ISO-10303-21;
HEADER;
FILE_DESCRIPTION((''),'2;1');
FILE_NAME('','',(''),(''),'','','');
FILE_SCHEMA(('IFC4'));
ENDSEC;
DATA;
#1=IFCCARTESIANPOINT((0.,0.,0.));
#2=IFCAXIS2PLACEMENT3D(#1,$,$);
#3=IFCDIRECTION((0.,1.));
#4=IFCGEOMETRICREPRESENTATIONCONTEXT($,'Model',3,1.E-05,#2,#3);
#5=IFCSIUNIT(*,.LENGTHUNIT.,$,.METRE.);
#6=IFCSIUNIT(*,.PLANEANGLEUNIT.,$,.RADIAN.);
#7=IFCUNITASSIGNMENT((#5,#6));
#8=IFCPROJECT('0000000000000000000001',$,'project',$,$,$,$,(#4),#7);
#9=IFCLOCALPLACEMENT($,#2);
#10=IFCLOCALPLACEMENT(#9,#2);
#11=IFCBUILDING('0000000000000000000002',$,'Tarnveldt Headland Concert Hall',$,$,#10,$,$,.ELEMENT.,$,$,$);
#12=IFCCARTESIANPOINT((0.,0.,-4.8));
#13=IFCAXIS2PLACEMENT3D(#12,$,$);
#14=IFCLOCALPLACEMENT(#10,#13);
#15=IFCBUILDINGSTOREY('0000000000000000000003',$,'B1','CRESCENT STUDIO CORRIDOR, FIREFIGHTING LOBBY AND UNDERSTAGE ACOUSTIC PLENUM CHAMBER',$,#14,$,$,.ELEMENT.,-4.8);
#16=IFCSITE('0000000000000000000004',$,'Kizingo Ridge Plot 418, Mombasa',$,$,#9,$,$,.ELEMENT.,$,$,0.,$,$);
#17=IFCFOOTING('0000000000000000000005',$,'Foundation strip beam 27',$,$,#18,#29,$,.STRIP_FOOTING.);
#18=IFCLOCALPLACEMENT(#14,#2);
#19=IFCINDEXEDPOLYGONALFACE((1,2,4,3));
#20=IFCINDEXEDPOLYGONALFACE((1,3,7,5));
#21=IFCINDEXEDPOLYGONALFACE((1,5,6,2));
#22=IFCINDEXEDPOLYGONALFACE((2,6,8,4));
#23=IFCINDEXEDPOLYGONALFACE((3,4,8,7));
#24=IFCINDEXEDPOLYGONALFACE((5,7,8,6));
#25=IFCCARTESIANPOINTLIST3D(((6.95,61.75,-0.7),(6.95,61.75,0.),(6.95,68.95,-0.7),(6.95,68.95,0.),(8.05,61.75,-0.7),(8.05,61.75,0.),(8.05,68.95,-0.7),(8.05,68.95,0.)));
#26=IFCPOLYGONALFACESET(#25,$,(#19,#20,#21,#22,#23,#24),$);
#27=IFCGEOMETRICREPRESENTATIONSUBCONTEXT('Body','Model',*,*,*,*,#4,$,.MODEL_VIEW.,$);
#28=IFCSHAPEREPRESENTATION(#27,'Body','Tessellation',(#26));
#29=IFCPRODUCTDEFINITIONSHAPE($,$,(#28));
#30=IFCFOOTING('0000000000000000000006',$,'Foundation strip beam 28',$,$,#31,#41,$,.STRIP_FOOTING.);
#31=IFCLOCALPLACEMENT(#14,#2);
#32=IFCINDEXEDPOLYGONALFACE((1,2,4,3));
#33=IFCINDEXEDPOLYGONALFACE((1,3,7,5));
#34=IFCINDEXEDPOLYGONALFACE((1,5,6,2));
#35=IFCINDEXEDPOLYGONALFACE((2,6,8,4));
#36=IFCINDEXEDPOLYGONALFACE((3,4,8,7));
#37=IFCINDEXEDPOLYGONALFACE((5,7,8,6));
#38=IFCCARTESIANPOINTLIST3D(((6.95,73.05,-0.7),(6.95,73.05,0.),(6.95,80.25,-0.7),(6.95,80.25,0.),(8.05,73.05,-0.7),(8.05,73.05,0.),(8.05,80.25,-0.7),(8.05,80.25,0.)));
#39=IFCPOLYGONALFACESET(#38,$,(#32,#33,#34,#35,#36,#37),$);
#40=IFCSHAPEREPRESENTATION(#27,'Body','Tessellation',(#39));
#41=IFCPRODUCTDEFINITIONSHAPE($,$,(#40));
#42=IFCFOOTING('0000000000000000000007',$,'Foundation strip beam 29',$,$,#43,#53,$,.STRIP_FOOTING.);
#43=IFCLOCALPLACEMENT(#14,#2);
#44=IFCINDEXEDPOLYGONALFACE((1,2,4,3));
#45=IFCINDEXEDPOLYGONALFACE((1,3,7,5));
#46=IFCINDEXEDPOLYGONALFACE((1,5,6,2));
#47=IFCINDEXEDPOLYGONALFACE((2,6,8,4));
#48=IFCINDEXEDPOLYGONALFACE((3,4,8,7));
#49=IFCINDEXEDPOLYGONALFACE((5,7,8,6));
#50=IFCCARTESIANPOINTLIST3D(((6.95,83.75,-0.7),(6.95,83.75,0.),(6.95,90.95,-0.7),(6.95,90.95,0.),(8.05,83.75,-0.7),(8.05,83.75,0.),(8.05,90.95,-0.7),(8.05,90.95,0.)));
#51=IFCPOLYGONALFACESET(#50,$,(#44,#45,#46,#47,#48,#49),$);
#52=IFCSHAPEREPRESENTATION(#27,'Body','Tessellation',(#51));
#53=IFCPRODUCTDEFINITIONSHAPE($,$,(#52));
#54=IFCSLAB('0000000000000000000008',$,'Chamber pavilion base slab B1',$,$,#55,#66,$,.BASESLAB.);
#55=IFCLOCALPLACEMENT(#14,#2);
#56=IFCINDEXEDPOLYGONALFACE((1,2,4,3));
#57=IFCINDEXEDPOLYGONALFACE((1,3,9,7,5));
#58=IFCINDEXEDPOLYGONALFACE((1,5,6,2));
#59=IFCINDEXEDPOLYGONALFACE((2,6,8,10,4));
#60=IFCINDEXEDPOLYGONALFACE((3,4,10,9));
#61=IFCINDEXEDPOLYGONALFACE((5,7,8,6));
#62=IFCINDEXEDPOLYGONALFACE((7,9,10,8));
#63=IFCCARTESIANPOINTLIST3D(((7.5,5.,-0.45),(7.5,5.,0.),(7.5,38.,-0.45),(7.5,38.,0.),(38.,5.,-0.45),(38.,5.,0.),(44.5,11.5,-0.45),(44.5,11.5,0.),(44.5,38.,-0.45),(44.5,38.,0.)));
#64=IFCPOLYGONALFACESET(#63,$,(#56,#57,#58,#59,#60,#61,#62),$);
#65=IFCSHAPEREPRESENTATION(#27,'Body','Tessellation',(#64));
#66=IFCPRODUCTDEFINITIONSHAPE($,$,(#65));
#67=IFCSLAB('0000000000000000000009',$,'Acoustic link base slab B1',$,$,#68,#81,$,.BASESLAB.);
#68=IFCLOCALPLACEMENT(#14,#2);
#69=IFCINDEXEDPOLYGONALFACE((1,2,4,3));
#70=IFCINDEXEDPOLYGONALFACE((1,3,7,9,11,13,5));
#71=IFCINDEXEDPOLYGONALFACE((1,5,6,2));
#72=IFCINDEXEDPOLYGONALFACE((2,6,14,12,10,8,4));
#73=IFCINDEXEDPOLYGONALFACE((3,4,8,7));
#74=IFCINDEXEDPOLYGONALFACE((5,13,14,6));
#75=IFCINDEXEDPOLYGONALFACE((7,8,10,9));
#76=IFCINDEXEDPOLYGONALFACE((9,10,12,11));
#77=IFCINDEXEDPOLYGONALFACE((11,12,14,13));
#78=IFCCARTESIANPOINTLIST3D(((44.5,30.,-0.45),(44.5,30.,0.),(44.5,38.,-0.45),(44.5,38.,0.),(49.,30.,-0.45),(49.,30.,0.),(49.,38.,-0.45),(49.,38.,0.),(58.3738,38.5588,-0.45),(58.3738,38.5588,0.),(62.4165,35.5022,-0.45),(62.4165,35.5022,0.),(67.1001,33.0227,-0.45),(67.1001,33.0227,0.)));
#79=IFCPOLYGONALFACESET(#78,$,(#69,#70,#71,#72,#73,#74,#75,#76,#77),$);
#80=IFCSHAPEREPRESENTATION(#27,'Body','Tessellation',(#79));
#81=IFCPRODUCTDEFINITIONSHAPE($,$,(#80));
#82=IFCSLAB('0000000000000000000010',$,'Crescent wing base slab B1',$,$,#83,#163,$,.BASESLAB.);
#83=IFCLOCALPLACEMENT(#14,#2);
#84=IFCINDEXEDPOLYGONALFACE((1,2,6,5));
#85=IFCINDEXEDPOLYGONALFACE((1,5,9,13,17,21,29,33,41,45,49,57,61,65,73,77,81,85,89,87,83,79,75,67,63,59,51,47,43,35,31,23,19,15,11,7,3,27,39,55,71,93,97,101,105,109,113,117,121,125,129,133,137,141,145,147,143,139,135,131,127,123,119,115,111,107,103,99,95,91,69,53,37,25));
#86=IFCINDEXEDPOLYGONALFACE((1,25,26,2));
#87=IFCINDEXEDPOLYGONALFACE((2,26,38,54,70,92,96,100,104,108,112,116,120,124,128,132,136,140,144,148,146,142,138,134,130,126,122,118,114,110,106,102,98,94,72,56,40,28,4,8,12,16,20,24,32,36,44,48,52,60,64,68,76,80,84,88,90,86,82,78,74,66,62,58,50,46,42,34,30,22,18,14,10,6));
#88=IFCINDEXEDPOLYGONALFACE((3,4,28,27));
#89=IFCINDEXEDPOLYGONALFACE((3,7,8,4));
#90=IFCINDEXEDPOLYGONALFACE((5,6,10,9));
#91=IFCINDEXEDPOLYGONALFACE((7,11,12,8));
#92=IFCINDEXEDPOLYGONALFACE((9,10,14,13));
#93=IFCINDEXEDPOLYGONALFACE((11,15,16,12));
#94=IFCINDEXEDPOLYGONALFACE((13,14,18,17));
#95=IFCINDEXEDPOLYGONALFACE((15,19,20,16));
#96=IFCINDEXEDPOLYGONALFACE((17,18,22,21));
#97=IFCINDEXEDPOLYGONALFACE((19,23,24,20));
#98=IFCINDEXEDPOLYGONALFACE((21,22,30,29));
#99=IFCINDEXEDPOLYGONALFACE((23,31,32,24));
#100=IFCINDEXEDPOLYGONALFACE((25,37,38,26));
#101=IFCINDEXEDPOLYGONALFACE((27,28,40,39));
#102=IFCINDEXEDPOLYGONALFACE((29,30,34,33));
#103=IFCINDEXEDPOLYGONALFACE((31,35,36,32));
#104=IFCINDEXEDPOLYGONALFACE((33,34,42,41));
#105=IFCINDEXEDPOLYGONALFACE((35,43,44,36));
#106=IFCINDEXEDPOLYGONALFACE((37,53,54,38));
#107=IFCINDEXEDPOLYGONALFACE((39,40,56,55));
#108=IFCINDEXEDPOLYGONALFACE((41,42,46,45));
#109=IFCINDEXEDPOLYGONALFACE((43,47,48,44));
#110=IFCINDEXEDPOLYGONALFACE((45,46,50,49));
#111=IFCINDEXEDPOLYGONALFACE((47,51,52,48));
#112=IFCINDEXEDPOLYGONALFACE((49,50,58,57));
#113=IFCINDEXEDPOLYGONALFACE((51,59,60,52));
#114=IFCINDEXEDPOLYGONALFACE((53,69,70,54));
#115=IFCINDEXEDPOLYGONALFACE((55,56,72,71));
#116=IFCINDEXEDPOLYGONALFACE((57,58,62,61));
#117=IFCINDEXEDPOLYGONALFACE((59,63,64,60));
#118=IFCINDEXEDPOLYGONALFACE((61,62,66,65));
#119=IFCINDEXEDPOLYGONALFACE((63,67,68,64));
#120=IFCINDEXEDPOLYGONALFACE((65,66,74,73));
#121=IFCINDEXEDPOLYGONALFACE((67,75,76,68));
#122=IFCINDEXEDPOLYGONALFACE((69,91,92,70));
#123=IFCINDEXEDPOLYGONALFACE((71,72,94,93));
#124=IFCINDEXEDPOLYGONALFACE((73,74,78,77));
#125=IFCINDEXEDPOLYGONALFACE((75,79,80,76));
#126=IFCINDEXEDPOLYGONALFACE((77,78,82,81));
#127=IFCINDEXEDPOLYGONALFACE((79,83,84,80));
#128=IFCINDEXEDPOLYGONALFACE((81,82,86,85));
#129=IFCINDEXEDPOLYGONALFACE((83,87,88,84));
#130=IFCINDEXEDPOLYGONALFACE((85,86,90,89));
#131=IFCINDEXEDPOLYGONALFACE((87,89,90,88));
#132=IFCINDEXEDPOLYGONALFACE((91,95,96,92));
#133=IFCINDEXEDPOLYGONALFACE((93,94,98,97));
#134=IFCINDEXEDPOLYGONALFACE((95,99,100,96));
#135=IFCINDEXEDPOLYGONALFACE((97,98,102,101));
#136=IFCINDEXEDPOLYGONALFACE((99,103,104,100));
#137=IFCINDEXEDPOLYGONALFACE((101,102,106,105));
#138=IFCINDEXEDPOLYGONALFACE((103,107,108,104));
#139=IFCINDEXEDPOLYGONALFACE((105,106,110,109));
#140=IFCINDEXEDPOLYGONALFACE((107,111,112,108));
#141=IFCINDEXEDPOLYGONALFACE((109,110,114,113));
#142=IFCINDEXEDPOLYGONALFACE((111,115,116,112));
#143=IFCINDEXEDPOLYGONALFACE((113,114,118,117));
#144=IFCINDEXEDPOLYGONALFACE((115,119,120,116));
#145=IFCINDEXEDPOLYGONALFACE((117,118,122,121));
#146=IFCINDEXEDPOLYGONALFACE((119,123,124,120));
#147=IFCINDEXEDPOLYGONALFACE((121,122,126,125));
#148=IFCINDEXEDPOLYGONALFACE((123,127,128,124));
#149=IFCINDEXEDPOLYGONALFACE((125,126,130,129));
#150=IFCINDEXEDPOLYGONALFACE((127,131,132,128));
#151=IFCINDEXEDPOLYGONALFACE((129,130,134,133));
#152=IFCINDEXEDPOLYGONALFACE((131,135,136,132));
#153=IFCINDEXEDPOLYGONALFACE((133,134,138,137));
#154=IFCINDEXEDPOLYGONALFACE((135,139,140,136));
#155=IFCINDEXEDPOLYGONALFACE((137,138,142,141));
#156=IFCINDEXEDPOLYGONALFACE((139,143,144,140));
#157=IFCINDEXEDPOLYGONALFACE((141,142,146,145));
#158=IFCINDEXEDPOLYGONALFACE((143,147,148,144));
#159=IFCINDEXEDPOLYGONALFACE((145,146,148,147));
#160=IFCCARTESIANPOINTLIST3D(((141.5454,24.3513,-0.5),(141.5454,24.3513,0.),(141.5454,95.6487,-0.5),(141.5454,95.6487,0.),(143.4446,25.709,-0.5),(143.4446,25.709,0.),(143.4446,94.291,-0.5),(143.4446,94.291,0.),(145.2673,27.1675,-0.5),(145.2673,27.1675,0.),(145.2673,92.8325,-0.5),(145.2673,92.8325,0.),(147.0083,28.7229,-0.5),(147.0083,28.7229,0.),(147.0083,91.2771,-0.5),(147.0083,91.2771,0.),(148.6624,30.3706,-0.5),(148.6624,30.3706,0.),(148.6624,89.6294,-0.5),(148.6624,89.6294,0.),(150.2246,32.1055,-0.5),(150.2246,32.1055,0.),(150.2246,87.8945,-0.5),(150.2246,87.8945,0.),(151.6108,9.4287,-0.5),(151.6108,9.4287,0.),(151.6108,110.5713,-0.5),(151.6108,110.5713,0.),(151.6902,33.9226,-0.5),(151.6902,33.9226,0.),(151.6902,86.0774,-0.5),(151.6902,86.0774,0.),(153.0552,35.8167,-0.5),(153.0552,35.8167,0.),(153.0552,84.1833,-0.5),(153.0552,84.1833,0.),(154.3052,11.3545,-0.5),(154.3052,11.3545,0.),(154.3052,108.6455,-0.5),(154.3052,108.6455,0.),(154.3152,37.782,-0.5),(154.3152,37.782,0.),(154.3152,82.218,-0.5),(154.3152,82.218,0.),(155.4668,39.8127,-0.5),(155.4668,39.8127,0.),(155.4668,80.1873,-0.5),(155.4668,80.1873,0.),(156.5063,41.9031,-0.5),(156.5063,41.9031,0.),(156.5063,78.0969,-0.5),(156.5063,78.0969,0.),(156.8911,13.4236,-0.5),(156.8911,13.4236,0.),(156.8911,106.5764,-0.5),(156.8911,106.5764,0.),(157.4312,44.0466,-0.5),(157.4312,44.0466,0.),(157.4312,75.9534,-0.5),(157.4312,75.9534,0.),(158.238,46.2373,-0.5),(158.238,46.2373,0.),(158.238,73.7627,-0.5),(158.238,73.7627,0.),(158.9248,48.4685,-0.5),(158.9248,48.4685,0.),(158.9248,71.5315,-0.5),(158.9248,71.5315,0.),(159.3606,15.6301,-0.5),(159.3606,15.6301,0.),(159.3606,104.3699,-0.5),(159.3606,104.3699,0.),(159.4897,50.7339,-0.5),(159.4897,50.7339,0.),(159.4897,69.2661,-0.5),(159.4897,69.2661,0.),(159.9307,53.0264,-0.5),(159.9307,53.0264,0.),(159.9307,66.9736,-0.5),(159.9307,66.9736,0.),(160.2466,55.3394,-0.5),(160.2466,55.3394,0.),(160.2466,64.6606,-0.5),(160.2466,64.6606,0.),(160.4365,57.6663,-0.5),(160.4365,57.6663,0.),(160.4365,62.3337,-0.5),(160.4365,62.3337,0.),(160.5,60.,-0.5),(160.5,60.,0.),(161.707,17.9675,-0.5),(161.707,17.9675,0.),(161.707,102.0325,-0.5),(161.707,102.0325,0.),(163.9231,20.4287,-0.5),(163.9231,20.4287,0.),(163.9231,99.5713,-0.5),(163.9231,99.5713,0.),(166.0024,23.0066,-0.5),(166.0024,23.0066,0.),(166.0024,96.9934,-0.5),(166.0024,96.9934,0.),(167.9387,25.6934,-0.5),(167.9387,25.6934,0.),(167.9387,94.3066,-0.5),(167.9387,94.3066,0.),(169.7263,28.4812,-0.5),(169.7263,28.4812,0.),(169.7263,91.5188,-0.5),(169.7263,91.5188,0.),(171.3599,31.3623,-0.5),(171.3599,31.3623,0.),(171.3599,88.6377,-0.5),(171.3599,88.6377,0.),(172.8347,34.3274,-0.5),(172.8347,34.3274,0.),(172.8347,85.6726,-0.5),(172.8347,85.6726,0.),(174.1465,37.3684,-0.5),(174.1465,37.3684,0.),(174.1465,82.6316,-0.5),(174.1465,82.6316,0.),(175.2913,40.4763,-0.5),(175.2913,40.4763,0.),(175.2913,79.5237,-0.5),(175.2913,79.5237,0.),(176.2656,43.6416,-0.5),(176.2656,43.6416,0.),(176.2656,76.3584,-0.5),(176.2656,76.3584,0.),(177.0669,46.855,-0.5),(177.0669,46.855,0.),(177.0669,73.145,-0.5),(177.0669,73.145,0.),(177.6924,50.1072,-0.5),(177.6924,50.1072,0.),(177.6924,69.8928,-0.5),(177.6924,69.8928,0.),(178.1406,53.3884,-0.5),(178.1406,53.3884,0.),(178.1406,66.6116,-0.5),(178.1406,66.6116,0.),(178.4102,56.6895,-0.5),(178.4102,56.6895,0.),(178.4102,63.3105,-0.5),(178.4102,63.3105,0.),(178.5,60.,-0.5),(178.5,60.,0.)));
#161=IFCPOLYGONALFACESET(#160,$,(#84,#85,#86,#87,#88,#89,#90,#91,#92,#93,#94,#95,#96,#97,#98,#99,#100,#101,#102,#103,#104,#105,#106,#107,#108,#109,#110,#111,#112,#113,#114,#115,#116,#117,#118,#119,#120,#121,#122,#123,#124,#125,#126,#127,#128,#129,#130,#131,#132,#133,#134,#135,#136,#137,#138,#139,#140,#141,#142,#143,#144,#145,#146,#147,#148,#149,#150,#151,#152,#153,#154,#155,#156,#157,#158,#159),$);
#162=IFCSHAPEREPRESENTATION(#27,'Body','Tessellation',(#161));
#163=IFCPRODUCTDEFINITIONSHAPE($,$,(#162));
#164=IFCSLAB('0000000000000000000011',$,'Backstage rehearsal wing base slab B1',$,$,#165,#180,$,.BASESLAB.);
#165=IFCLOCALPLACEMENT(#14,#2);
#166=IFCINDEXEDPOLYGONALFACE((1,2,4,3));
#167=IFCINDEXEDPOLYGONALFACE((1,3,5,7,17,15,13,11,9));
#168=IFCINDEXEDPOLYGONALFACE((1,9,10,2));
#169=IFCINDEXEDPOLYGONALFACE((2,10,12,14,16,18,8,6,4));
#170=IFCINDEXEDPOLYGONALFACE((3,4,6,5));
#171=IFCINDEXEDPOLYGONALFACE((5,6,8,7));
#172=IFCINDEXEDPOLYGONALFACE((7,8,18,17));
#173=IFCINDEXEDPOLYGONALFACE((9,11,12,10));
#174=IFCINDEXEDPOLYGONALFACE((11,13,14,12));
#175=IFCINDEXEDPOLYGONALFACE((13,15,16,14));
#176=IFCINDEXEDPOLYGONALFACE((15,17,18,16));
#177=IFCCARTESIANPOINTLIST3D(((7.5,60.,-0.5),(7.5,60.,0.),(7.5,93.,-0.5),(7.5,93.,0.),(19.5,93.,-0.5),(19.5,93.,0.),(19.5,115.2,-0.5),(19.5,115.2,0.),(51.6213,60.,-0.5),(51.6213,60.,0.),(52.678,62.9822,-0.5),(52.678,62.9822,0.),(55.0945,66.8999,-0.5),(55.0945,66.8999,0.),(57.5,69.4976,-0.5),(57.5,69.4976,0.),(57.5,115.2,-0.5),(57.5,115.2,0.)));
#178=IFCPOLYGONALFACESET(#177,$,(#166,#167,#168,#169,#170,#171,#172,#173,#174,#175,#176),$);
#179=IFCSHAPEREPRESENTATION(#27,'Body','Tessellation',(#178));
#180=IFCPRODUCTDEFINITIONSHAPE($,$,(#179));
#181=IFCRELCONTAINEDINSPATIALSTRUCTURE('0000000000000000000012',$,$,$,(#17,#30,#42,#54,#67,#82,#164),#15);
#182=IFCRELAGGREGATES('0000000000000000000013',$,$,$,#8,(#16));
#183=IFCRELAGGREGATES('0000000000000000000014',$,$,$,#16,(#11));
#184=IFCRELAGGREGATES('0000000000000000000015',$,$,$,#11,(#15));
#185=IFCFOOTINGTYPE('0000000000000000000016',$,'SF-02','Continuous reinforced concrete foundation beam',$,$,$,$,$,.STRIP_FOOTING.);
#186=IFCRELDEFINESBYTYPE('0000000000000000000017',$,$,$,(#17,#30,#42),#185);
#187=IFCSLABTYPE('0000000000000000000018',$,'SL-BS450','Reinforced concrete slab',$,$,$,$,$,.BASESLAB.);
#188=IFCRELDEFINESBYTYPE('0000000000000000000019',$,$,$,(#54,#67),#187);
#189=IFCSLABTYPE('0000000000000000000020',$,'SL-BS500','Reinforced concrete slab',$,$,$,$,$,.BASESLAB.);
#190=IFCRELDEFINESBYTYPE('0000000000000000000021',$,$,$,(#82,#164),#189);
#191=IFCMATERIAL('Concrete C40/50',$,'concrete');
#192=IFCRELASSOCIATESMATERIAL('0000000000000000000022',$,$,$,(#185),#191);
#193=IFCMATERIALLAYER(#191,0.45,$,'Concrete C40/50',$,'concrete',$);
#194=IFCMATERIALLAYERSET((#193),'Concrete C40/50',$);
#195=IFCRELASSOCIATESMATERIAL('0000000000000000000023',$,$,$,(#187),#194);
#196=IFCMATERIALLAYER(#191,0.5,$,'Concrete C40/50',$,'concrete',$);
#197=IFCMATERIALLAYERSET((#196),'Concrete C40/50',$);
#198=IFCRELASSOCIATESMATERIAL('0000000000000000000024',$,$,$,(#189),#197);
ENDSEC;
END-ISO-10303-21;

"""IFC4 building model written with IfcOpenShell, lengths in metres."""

from ifc_helpers import new_model, si_unit, direction, frame, origin, place, context, subcontext, project, spatial, polyline, outline, extrude, material, layer, layer_set, type_object, element, save


model = new_model("IFC4")

# Units and contexts
model_context = context("Model", 3, precision=1e-05, world=origin(), true_north=direction((0.0, 1.0)))
body_context = subcontext(model_context, "Body", "Model", "MODEL_VIEW")
ifc_project = project(units=[si_unit("LENGTHUNIT", "METRE"), si_unit("PLANEANGLEUNIT", "RADIAN")], contexts=[model_context])

# Site, building, storey
site_placement = place(None, origin())
site = spatial("IfcSite", under=ifc_project, at=site_placement, Name="Kizingo Ridge Plot 418, Mombasa", CompositionType="ELEMENT", RefElevation=0.0)
building_placement = place(site_placement, origin())
building = spatial("IfcBuilding", under=site, at=building_placement, Name="Tarnveldt Headland Concert Hall", CompositionType="ELEMENT")
storey_placement = place(building_placement, frame((0.0, 0.0, -4.8)))
storey = spatial("IfcBuildingStorey", under=building, at=storey_placement, Name="B1", Description="CRESCENT STUDIO CORRIDOR, FIREFIGHTING LOBBY AND UNDERSTAGE ACOUSTIC PLENUM CHAMBER", CompositionType="ELEMENT", Elevation=-4.8)

# Footings
ifc_material = material(Name="Concrete C40/50", Category="concrete")
footing_type_1 = type_object("IfcFootingType", Name="SF-02", Description="Continuous reinforced concrete foundation beam", PredefinedType="STRIP_FOOTING", material=ifc_material)
footing_1_placement = place(storey_placement, frame((0.0, 0.0, -0.7)))
element("IfcFooting", 1, at=footing_1_placement, inside=storey, type_object=footing_type_1, Name="Foundation strip beam 27", PredefinedType="STRIP_FOOTING", context=body_context, shape_type="SweptSolid", body=[
    extrude(outline(polyline([(8.05, 61.75), (8.05, 68.95), (6.95, 68.95), (6.95, 61.75), (8.05, 61.75)])), origin(), (0.0, 0.0, 1.0), 0.7),
])
footing_2_placement = place(storey_placement, frame((0.0, 0.0, -0.7)))
element("IfcFooting", 2, at=footing_2_placement, inside=storey, type_object=footing_type_1, Name="Foundation strip beam 28", PredefinedType="STRIP_FOOTING", context=body_context, shape_type="SweptSolid", body=[
    extrude(outline(polyline([(8.05, 73.05), (8.05, 80.25), (6.95, 80.25), (6.95, 73.05), (8.05, 73.05)])), origin(), (0.0, 0.0, 1.0), 0.7),
])
footing_3_placement = place(storey_placement, frame((0.0, 0.0, -0.7)))
element("IfcFooting", 3, at=footing_3_placement, inside=storey, type_object=footing_type_1, Name="Foundation strip beam 29", PredefinedType="STRIP_FOOTING", context=body_context, shape_type="SweptSolid", body=[
    extrude(outline(polyline([(8.05, 83.75), (8.05, 90.95), (6.95, 90.95), (6.95, 83.75), (8.05, 83.75)])), origin(), (0.0, 0.0, 1.0), 0.7),
])

# Slabs
ifc_layer_1 = layer(ifc_material, 0.45, Name="Concrete C40/50", Category="concrete")
ifc_layer_set_1 = layer_set([ifc_layer_1], Name="Concrete C40/50")
slab_type_1 = type_object("IfcSlabType", Name="SL-BS450", Description="Reinforced concrete slab", PredefinedType="BASESLAB", material=ifc_layer_set_1)
slab_1_placement = place(storey_placement, frame((0.0, 0.0, -0.45)))
element("IfcSlab", 4, at=slab_1_placement, inside=storey, type_object=slab_type_1, Name="Chamber pavilion base slab B1", PredefinedType="BASESLAB", context=body_context, shape_type="SweptSolid", body=[
    extrude(outline(polyline([(7.5, 5.0), (38.0, 5.0), (44.5, 11.5), (44.5, 38.0), (7.5, 38.0), (7.5, 5.0)])), origin(), (0.0, 0.0, 1.0), 0.45),
])
slab_2_placement = place(storey_placement, frame((0.0, 0.0, -0.45)))
element("IfcSlab", 5, at=slab_2_placement, inside=storey, type_object=slab_type_1, Name="Acoustic link base slab B1", PredefinedType="BASESLAB", context=body_context, shape_type="SweptSolid", body=[
    extrude(outline(polyline([(44.5, 30.0), (49.0, 30.0), (67.1001, 33.0227), (62.4165, 35.5022), (58.3738, 38.5588), (49.0, 38.0), (44.5, 38.0), (44.5, 30.0)])), origin(), (0.0, 0.0, 1.0), 0.45),
])
ifc_layer_2 = layer(ifc_material, 0.5, Name="Concrete C40/50", Category="concrete")
ifc_layer_set_2 = layer_set([ifc_layer_2], Name="Concrete C40/50")
slab_type_2 = type_object("IfcSlabType", Name="SL-BS500", Description="Reinforced concrete slab", PredefinedType="BASESLAB", material=ifc_layer_set_2)
slab_3_placement = place(storey_placement, frame((0.0, 0.0, -0.5)))
element("IfcSlab", 6, at=slab_3_placement, inside=storey, type_object=slab_type_2, Name="Crescent wing base slab B1", PredefinedType="BASESLAB", context=body_context, shape_type="SweptSolid", body=[
    extrude(outline(polyline([(151.6108, 9.4287), (154.3052, 11.3545), (156.8911, 13.4236), (159.3606, 15.6301), (161.707, 17.9675), (163.9231, 20.4287), (166.0024, 23.0066), (167.9387, 25.6934), (169.7263, 28.4812), (171.3599, 31.3623), (172.8347, 34.3274), (174.1465, 37.3684), (175.2913, 40.4763), (176.2656, 43.6416), (177.0669, 46.855), (177.6924, 50.1072), (178.1406, 53.3884), (178.4102, 56.6895), (178.5, 60.0), (178.4102, 63.3105), (178.1406, 66.6116), (177.6924, 69.8928), (177.0669, 73.145), (176.2656, 76.3584), (175.2913, 79.5237), (174.1465, 82.6316), (172.8347, 85.6726), (171.3599, 88.6377), (169.7263, 91.5188), (167.9387, 94.3066), (166.0024, 96.9934), (163.9231, 99.5713), (161.707, 102.0325), (159.3606, 104.3699), (156.8911, 106.5764), (154.3052, 108.6455), (151.6108, 110.5713), (141.5454, 95.6487), (143.4446, 94.291), (145.2673, 92.8325), (147.0083, 91.2771), (148.6624, 89.6294), (150.2246, 87.8945), (151.6902, 86.0774), (153.0552, 84.1833), (154.3152, 82.218), (155.4668, 80.1873), (156.5063, 78.0969), (157.4312, 75.9534), (158.238, 73.7627), (158.9248, 71.5315), (159.4897, 69.2661), (159.9307, 66.9736), (160.2466, 64.6606), (160.4365, 62.3337), (160.5, 60.0), (160.4365, 57.6663), (160.2466, 55.3394), (159.9307, 53.0264), (159.4897, 50.7339), (158.9248, 48.4685), (158.238, 46.2373), (157.4312, 44.0466), (156.5063, 41.9031), (155.4668, 39.8127), (154.3152, 37.782), (153.0552, 35.8167), (151.6902, 33.9226), (150.2246, 32.1055), (148.6624, 30.3706), (147.0083, 28.7229), (145.2673, 27.1675), (143.4446, 25.709), (141.5454, 24.3513), (151.6108, 9.4287)])), origin(), (0.0, 0.0, 1.0), 0.5),
])
slab_4_placement = place(storey_placement, frame((0.0, 0.0, -0.5)))
element("IfcSlab", 7, at=slab_4_placement, inside=storey, type_object=slab_type_2, Name="Backstage rehearsal wing base slab B1", PredefinedType="BASESLAB", context=body_context, shape_type="SweptSolid", body=[
    extrude(outline(polyline([(7.5, 60.0), (51.6213, 60.0), (52.678, 62.9822), (55.0945, 66.8999), (57.5, 69.4976), (57.5, 115.2), (19.5, 115.2), (19.5, 93.0), (7.5, 93.0), (7.5, 60.0)])), origin(), (0.0, 0.0, 1.0), 0.5),
])

save(model, "model.ifc")
